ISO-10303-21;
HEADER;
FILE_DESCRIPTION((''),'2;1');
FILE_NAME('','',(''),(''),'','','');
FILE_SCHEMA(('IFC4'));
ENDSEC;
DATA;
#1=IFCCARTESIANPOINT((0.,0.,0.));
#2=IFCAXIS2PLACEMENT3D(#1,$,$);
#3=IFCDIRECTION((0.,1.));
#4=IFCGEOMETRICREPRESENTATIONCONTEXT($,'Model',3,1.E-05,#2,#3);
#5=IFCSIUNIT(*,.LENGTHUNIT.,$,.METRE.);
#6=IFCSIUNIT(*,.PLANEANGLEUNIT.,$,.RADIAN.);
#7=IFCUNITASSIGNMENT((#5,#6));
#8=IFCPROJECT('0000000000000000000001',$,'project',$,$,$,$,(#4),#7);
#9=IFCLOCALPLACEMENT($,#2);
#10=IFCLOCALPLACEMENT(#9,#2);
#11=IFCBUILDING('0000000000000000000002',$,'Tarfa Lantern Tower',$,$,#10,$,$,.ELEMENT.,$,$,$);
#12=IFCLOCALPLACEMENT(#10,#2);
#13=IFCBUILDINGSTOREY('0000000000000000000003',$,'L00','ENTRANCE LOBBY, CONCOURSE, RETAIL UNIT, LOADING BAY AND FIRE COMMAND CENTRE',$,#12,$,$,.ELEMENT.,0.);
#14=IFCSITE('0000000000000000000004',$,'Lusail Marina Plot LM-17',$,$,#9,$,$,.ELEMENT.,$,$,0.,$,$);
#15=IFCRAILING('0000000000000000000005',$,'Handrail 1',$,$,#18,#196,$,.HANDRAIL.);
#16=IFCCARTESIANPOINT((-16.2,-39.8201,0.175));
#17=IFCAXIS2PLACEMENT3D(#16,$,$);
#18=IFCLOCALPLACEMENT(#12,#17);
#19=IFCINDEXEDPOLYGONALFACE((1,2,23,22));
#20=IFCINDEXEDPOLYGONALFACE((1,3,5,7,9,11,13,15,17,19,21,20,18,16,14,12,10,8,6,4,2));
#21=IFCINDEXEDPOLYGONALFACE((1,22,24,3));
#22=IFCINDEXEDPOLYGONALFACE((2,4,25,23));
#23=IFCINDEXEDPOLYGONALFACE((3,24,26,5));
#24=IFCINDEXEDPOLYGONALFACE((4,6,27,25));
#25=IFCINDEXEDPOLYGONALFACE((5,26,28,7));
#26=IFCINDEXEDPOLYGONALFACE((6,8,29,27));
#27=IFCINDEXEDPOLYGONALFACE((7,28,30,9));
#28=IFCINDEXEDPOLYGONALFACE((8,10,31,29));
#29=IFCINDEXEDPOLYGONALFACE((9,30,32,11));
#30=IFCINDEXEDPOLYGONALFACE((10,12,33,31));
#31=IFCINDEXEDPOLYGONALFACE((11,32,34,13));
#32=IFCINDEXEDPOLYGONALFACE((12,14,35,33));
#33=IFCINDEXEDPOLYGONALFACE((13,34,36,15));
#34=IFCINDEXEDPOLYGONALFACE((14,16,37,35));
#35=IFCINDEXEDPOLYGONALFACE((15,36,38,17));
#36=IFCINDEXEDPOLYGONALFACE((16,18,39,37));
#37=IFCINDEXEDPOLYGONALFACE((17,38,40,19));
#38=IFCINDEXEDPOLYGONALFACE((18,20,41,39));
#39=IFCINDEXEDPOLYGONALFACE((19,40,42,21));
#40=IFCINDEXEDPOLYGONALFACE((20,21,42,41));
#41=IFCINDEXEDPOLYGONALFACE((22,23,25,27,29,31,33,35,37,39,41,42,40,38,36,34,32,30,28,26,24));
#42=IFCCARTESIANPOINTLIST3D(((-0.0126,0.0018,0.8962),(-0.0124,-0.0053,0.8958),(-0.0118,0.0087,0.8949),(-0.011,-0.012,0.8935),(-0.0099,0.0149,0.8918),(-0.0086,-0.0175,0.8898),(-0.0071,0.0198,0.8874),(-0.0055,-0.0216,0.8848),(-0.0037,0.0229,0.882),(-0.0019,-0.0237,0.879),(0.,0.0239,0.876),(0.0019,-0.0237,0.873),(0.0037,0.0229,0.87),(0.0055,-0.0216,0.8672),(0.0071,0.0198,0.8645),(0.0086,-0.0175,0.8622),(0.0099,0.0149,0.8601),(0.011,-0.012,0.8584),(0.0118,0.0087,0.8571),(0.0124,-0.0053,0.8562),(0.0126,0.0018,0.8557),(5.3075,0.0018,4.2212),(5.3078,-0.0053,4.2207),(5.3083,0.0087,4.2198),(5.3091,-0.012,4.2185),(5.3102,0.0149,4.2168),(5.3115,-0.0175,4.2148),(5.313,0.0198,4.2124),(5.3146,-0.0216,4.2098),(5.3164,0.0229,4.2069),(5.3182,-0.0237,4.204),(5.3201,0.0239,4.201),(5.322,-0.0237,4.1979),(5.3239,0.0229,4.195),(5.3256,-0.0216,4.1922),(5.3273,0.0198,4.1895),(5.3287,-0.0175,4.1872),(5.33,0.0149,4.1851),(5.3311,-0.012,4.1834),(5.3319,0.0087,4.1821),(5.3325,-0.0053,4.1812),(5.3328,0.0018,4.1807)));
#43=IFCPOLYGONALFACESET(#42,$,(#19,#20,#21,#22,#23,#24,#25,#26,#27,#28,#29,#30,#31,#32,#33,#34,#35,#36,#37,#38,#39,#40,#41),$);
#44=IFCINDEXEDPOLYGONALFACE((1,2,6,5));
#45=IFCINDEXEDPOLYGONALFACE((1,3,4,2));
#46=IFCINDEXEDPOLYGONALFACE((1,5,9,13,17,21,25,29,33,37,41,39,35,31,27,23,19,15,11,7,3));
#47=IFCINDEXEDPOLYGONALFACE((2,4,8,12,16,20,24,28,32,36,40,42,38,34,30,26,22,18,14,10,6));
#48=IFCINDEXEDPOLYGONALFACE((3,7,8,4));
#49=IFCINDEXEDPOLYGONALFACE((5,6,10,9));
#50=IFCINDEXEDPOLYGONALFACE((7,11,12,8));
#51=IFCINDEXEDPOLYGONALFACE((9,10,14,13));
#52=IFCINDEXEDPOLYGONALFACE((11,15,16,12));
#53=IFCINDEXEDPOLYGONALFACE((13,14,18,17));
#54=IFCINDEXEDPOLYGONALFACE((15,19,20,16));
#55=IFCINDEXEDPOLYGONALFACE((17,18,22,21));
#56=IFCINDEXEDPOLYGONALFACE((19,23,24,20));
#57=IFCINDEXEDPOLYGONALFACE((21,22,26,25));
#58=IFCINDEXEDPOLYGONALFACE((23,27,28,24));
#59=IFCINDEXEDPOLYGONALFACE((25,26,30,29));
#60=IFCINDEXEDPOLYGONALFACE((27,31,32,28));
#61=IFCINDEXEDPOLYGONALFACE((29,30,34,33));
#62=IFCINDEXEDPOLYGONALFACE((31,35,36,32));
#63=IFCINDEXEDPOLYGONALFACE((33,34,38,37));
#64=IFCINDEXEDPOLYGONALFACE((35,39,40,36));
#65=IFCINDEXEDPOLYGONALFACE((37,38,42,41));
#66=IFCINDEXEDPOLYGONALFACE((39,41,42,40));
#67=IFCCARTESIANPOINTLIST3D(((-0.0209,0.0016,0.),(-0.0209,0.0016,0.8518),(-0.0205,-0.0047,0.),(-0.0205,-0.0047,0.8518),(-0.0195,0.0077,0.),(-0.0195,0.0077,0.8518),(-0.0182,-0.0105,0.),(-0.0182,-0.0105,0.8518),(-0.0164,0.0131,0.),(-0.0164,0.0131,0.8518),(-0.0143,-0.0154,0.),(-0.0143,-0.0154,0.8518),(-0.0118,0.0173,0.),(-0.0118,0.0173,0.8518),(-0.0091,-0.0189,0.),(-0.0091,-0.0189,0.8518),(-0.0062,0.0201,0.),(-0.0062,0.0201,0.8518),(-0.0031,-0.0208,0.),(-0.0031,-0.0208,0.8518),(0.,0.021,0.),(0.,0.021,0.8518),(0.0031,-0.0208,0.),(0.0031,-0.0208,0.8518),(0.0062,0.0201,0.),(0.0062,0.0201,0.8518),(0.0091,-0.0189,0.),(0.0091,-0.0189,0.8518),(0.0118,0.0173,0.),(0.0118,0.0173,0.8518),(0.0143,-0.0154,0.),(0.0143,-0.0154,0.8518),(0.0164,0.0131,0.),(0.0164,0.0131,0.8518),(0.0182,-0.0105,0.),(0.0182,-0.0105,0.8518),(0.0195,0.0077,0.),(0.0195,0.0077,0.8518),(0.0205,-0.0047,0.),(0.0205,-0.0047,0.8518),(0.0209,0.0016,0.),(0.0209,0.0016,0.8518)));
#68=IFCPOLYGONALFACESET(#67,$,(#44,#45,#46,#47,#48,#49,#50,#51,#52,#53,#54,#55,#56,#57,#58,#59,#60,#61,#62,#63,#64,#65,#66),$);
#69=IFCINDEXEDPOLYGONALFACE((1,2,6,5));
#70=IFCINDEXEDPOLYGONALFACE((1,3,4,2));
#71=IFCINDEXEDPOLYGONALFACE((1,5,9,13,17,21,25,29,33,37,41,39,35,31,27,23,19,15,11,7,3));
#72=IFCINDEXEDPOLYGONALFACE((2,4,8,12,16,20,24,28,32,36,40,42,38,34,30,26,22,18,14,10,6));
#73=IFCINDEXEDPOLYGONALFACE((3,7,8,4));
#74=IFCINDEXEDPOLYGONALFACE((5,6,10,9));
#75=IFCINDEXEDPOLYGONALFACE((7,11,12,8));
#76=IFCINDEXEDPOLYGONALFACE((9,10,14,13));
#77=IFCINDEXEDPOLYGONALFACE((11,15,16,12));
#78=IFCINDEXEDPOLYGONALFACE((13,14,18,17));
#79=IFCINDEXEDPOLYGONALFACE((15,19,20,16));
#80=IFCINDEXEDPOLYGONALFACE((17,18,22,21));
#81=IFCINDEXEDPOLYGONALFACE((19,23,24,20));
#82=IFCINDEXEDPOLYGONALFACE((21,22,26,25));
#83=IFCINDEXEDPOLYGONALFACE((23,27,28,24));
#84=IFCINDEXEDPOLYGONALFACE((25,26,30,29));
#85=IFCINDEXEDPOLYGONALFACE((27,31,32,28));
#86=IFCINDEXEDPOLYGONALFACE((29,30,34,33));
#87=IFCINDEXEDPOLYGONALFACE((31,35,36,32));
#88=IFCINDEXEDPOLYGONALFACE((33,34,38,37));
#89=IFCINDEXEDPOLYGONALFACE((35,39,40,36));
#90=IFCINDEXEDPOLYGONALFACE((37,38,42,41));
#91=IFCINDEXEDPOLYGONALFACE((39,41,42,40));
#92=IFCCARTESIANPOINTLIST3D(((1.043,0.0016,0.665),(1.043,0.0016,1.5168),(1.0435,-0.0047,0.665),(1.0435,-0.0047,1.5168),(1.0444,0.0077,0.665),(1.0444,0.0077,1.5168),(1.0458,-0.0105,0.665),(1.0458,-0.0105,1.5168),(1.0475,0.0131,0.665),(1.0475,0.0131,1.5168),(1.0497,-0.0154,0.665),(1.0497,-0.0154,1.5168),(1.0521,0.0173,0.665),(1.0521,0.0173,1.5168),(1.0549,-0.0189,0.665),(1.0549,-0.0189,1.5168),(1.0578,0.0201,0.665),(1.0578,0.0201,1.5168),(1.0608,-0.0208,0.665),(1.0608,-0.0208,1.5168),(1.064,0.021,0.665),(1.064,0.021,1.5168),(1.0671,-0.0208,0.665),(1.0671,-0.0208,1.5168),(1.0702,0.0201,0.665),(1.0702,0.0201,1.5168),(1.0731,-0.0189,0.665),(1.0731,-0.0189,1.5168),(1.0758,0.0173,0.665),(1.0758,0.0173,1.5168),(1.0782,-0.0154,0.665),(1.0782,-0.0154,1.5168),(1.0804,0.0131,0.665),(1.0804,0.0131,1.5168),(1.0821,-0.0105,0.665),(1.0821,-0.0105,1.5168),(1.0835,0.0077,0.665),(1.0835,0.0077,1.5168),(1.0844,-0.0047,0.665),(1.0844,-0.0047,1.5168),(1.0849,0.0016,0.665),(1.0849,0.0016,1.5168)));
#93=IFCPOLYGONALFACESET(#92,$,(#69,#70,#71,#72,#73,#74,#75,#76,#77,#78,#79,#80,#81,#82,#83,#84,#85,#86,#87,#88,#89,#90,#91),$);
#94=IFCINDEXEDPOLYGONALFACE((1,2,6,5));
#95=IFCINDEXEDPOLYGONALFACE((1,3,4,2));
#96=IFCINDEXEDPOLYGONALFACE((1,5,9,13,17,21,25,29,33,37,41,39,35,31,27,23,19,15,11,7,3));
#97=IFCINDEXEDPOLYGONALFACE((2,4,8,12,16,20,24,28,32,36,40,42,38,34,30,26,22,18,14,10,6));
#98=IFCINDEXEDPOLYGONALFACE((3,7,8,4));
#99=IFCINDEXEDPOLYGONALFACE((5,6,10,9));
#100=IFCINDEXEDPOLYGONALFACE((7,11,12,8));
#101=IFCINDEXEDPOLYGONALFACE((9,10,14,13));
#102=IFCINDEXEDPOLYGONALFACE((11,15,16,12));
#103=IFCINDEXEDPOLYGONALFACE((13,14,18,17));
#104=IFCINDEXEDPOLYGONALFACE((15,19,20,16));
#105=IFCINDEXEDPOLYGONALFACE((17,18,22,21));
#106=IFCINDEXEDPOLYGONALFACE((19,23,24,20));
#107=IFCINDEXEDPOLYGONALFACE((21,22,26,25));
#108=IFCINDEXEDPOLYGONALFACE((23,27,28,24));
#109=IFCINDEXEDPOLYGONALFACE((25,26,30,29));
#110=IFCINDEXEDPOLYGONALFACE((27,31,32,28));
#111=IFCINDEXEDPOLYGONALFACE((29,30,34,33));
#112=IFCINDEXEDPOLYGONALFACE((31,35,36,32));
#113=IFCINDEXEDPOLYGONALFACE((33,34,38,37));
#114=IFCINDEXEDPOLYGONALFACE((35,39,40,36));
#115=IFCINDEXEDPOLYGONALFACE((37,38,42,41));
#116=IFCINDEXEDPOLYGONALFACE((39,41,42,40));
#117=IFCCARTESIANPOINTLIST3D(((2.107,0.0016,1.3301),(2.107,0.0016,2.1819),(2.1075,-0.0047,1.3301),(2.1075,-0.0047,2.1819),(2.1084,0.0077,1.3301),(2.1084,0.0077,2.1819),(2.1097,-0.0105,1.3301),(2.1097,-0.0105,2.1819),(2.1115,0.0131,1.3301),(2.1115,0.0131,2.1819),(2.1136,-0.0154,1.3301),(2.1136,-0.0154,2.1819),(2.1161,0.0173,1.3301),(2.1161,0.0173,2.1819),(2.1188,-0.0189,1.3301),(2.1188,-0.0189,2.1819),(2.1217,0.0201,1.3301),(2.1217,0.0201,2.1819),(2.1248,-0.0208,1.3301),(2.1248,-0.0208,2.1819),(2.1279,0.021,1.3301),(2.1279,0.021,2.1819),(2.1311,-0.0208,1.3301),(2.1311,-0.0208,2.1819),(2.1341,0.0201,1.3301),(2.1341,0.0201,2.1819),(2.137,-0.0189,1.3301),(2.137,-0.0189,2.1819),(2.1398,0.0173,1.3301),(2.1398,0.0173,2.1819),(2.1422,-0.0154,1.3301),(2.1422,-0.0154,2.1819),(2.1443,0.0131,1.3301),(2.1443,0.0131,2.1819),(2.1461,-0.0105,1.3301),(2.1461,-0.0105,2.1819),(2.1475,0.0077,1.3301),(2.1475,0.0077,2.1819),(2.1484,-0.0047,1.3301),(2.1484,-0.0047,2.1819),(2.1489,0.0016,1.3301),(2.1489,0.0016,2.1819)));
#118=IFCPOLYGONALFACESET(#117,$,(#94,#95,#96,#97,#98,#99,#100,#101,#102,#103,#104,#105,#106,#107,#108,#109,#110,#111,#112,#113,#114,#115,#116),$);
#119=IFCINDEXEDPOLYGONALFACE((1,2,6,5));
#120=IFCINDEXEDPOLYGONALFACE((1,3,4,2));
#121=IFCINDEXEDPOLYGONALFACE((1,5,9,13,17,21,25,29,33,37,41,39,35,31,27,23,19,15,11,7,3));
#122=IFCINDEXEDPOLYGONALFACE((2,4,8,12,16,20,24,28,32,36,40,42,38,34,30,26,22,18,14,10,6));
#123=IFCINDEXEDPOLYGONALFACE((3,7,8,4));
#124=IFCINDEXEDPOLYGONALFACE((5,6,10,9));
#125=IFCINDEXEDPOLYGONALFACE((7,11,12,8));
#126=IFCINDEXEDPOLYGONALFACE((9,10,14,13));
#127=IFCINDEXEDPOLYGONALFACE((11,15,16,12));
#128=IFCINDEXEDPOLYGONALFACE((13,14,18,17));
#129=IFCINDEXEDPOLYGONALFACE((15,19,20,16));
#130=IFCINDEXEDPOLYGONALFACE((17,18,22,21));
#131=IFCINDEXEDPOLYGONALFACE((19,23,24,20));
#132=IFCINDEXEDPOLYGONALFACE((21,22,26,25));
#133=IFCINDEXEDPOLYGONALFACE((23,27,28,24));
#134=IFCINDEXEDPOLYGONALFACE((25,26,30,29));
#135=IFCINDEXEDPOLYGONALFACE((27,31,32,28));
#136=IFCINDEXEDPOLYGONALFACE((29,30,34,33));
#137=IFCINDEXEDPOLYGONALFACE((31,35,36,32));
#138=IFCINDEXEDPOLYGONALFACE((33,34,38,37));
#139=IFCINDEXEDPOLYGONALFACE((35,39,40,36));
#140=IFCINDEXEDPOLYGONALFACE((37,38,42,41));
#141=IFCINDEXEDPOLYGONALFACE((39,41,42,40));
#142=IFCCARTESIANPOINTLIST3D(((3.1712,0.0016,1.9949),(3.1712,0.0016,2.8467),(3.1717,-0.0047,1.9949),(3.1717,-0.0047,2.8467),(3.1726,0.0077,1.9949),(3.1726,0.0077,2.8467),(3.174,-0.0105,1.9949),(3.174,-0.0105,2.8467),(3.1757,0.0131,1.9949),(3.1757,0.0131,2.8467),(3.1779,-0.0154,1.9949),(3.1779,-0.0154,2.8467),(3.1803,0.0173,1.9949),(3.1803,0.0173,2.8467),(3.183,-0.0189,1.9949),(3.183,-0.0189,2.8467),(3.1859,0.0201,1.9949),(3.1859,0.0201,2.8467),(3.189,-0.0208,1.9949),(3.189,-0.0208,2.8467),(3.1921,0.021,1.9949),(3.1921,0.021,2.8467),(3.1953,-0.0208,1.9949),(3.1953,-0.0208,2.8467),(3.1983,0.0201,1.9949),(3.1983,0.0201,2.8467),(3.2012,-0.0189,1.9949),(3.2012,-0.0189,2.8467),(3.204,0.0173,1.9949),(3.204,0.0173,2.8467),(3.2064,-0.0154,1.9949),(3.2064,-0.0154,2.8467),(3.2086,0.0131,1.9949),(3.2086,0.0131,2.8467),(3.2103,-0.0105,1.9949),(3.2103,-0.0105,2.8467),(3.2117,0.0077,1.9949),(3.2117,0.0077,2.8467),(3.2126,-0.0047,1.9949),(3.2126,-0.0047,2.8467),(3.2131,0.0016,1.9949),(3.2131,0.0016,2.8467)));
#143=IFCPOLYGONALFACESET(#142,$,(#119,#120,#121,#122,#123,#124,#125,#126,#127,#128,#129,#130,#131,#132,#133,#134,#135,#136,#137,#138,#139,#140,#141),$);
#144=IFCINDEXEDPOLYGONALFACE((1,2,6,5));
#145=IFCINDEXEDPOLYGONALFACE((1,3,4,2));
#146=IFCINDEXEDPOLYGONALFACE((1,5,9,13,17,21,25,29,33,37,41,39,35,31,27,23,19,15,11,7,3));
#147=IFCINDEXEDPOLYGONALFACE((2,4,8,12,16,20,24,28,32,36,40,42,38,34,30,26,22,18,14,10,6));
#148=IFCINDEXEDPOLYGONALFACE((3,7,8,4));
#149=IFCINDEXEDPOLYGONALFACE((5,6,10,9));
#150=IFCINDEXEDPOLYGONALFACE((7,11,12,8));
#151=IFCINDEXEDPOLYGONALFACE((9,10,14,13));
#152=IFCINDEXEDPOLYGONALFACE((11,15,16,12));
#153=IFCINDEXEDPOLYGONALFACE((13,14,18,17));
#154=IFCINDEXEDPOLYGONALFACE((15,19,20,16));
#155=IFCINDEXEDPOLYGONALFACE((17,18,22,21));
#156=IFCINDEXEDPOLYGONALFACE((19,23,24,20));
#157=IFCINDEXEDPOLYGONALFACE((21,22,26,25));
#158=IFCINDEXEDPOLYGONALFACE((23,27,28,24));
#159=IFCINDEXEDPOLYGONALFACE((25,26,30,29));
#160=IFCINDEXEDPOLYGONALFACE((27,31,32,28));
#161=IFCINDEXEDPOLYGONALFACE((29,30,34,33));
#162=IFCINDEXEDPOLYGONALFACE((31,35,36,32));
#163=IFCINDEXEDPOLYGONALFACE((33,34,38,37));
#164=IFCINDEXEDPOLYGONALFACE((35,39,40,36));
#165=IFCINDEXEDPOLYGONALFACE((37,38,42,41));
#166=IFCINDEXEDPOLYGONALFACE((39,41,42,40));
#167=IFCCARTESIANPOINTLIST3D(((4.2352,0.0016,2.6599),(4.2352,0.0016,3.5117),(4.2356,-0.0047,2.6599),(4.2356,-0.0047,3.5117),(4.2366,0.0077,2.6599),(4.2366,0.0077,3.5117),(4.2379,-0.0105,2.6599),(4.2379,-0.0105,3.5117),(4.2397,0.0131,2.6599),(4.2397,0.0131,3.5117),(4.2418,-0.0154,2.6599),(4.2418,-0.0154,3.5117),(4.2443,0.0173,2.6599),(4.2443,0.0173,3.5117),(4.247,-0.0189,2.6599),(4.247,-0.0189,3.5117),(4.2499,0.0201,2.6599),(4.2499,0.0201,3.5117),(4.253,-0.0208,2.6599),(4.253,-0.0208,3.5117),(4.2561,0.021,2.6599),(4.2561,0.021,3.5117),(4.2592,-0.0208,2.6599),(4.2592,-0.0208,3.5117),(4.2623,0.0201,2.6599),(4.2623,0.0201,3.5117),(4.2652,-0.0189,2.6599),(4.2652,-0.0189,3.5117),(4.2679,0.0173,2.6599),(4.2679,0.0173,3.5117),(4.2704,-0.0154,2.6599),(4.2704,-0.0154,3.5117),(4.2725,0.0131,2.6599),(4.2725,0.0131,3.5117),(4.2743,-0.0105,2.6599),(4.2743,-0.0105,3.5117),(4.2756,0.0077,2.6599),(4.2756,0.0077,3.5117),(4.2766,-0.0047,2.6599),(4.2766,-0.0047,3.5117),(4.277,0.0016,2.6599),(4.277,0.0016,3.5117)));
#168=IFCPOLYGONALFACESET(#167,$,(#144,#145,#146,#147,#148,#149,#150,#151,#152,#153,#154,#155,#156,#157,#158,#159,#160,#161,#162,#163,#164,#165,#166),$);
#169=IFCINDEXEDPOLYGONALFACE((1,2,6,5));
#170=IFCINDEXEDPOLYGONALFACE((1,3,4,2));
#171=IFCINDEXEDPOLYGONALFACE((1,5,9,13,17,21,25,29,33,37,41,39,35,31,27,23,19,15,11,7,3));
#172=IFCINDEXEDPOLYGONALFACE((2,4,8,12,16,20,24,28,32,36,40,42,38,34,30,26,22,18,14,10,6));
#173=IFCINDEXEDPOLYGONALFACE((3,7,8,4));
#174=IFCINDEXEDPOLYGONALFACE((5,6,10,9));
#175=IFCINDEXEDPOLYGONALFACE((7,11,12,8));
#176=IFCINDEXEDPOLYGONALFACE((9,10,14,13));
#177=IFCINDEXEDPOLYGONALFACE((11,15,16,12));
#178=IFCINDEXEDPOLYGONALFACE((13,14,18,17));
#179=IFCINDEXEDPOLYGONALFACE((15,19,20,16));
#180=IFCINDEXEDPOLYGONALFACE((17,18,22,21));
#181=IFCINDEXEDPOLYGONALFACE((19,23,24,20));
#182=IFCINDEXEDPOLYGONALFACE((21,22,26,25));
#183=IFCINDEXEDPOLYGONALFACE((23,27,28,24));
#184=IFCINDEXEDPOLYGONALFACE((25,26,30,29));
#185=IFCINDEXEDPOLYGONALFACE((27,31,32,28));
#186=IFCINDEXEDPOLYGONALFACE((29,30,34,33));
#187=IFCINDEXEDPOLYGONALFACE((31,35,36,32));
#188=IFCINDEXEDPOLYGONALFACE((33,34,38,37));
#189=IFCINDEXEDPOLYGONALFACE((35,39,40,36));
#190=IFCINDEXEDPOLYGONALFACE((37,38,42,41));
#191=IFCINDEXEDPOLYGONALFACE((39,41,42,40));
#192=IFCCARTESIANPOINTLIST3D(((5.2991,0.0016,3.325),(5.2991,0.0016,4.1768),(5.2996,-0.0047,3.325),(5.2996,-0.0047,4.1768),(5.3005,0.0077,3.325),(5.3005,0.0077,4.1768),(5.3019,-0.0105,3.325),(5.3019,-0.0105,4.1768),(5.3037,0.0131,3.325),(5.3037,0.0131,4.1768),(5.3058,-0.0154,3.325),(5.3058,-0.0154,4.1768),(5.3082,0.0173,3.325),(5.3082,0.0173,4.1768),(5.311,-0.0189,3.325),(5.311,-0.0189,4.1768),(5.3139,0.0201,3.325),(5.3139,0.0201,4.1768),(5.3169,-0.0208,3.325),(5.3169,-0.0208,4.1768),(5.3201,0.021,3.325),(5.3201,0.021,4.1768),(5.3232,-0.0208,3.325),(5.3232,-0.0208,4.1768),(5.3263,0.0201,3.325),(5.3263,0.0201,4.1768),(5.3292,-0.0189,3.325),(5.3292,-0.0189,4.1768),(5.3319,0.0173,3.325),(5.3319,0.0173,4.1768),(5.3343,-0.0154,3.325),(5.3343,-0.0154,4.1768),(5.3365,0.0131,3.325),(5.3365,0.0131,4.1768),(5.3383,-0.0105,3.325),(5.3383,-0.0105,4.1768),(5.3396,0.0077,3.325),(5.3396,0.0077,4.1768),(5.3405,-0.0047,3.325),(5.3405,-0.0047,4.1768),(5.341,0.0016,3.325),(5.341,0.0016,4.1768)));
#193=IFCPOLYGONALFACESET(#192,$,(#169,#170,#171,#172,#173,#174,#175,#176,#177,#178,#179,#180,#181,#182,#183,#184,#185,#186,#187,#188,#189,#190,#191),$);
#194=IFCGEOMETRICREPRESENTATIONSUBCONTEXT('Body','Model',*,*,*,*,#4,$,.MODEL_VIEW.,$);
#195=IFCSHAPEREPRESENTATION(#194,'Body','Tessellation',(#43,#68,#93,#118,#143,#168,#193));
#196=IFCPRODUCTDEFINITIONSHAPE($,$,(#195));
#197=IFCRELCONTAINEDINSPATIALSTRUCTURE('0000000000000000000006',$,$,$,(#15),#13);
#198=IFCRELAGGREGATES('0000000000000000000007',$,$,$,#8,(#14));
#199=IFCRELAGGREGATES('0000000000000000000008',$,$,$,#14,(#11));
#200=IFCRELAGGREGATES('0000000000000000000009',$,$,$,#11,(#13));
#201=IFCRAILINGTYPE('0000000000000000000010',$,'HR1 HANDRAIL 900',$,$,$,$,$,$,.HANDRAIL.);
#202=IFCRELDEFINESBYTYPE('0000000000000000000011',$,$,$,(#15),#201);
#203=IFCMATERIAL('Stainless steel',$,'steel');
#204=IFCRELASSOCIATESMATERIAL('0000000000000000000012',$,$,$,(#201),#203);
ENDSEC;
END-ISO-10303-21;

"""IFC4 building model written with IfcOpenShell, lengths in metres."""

from ifc_helpers import new_model, si_unit, direction, frame, origin, origin_2d, place, context, subcontext, project, spatial, circle, extrude, material, type_object, element, save


model = new_model("IFC4")

# Units and contexts
model_context = context("Model", 3, precision=1e-05, world=origin(), true_north=direction((0.0, 1.0)))
body_context = subcontext(model_context, "Body", "Model", "MODEL_VIEW")
ifc_project = project(units=[si_unit("LENGTHUNIT", "METRE"), si_unit("PLANEANGLEUNIT", "RADIAN")], contexts=[model_context])

# Site, building, storey
site_placement = place(None, origin())
site = spatial("IfcSite", under=ifc_project, at=site_placement, Name="Lusail Marina Plot LM-17", CompositionType="ELEMENT", RefElevation=0.0)
building_placement = place(site_placement, origin())
building = spatial("IfcBuilding", under=site, at=building_placement, Name="Tarfa Lantern Tower", CompositionType="ELEMENT")
storey_placement = place(building_placement, origin())
storey = spatial("IfcBuildingStorey", under=building, at=storey_placement, Name="L00", Description="ENTRANCE LOBBY, CONCOURSE, RETAIL UNIT, LOADING BAY AND FIRE COMMAND CENTRE", CompositionType="ELEMENT", Elevation=0.0)

# Railing
ifc_material_1 = material(Name="Stainless steel", Category="steel")
railing_type = type_object("IfcRailingType", Name="HR1 HANDRAIL 900", PredefinedType="HANDRAIL", material=ifc_material_1)
railing_placement = place(storey_placement, frame((-16.2, -39.8201, 0.175)))
element("IfcRailing", 1, at=railing_placement, inside=storey, type_object=railing_type, Name="Handrail 1", PredefinedType="HANDRAIL", context=body_context, shape_type="SweptSolid", body=[
    extrude(circle(Radius=0.0239, at=origin_2d()), frame((0.0, 0.0, 0.876), z_axis=(0.848005, 0.0, 0.529988), x_axis=(0.0, 1.0, 0.0)), (0.0, 0.0, 1.0), 6.2737),
    extrude(circle(Radius=0.021, at=origin_2d()), frame((0.0, 0.0, 0.0), z_axis=(0.0, 0.0, 1.0), x_axis=(0.0, 1.0, 0.0)), (0.0, 0.0, 1.0), 0.8518),
    extrude(circle(Radius=0.021, at=origin_2d()), frame((1.064, 0.0, 0.665), z_axis=(0.0, 0.0, 1.0), x_axis=(0.0, 1.0, 0.0)), (0.0, 0.0, 1.0), 0.8518),
    extrude(circle(Radius=0.021, at=origin_2d()), frame((2.1279, 0.0, 1.3301), z_axis=(0.0, 0.0, 1.0), x_axis=(0.0, 1.0, 0.0)), (0.0, 0.0, 1.0), 0.8518),
    extrude(circle(Radius=0.021, at=origin_2d()), frame((3.1921, 0.0, 1.9949), z_axis=(0.0, 0.0, 1.0), x_axis=(0.0, 1.0, 0.0)), (0.0, 0.0, 1.0), 0.8518),
    extrude(circle(Radius=0.021, at=origin_2d()), frame((4.2561, 0.0, 2.6599), z_axis=(0.0, 0.0, 1.0), x_axis=(0.0, 1.0, 0.0)), (0.0, 0.0, 1.0), 0.8518),
    extrude(circle(Radius=0.021, at=origin_2d()), frame((5.3201, 0.0, 3.325), z_axis=(0.0, 0.0, 1.0), x_axis=(0.0, 1.0, 0.0)), (0.0, 0.0, 1.0), 0.8518),
])

save(model, "model.ifc")
